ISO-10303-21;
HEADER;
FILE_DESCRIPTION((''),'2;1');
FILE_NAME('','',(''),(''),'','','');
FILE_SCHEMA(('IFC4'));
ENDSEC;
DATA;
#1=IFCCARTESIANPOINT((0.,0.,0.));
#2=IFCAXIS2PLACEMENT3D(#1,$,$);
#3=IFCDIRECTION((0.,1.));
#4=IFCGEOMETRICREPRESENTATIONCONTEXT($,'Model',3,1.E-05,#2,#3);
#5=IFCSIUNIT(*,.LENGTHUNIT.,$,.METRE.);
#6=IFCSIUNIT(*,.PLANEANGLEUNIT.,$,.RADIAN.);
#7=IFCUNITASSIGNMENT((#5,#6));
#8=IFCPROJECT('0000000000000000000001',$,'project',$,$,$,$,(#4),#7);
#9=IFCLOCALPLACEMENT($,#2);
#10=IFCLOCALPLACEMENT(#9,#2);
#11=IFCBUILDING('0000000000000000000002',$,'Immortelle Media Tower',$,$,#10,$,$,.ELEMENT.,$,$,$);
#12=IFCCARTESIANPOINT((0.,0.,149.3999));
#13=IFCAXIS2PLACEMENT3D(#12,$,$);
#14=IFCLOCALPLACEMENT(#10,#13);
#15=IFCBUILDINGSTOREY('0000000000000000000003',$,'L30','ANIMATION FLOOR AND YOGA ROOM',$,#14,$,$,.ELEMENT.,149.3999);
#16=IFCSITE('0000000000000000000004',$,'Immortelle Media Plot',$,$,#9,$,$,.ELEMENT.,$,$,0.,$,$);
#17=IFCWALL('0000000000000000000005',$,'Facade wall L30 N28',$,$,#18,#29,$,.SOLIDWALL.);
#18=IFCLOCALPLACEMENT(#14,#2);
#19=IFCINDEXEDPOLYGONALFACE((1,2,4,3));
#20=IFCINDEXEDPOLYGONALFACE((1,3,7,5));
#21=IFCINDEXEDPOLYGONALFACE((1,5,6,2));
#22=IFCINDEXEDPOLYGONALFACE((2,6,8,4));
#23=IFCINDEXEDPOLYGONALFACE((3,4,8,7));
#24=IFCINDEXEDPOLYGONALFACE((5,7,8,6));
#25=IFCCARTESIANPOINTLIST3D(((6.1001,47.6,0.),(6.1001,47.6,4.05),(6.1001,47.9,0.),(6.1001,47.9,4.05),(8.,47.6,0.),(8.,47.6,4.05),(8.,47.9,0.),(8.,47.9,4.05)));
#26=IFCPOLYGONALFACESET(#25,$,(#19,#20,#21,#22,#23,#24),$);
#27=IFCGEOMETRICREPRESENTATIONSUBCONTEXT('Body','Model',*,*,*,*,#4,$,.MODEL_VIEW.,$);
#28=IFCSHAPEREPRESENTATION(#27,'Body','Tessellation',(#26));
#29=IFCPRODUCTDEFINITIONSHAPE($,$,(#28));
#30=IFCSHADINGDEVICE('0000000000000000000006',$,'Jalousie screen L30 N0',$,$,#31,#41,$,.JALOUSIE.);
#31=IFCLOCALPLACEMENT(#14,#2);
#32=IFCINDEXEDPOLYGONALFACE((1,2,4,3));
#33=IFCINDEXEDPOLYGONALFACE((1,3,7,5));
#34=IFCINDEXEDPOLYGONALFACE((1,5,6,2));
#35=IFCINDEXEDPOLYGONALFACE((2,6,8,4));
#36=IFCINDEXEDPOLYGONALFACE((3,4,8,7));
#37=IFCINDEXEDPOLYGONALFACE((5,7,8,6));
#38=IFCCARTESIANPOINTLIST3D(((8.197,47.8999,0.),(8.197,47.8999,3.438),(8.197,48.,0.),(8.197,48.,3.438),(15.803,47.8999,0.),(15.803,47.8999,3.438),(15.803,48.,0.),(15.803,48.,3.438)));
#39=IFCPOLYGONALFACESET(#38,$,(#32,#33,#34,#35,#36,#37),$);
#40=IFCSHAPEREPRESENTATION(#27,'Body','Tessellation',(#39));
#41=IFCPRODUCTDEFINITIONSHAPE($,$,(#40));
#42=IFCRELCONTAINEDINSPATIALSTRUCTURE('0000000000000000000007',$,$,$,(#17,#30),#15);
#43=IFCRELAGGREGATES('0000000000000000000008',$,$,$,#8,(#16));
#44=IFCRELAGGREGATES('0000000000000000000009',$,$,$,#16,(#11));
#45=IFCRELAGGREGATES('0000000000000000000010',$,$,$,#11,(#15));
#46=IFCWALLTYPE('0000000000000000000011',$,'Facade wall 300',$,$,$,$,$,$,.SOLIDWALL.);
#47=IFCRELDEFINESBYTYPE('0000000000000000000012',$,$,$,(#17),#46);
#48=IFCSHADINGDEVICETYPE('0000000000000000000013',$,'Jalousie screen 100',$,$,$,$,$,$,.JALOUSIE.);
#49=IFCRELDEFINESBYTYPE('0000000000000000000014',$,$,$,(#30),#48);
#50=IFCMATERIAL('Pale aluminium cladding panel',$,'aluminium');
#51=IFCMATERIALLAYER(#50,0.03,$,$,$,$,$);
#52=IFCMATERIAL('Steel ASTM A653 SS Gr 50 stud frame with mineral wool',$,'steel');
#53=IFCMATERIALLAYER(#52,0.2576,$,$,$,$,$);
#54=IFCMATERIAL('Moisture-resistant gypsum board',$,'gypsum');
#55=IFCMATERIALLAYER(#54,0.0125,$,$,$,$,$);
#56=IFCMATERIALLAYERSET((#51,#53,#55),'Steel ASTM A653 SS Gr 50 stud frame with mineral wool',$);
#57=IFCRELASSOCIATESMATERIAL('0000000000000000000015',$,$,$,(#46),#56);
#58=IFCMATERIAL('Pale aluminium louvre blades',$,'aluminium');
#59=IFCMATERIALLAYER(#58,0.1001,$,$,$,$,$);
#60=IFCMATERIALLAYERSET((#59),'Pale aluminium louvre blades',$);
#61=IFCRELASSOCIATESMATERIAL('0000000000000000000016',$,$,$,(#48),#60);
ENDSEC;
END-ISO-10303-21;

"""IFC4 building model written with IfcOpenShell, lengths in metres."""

from ifc_helpers import new_model, si_unit, direction, frame, frame_2d, origin, origin_2d, place, context, subcontext, project, spatial, rectangle, extrude, material, layer, layer_set, type_object, element, save


model = new_model("IFC4")

# Units and contexts
model_context = context("Model", 3, precision=1e-05, world=origin(), true_north=direction((0.0, 1.0)))
body_context = subcontext(model_context, "Body", "Model", "MODEL_VIEW")
ifc_project = project(units=[si_unit("LENGTHUNIT", "METRE"), si_unit("PLANEANGLEUNIT", "RADIAN")], contexts=[model_context])

# Site, building, storey
site_placement = place(None, origin())
site = spatial("IfcSite", under=ifc_project, at=site_placement, Name="Immortelle Media Plot", CompositionType="ELEMENT", RefElevation=0.0)
building_placement = place(site_placement, origin())
building = spatial("IfcBuilding", under=site, at=building_placement, Name="Immortelle Media Tower", CompositionType="ELEMENT")
storey_placement = place(building_placement, frame((0.0, 0.0, 149.3999)))
storey = spatial("IfcBuildingStorey", under=building, at=storey_placement, Name="L30", Description="ANIMATION FLOOR AND YOGA ROOM", CompositionType="ELEMENT", Elevation=149.3999)

# Shared definitions
ifc_material_1 = material(Name="Pale aluminium cladding panel", Category="aluminium")
ifc_layer_1 = layer(ifc_material_1, 0.03)
ifc_material_2 = material(Name="Steel ASTM A653 SS Gr 50 stud frame with mineral wool", Category="steel")
ifc_layer_2 = layer(ifc_material_2, 0.2576)
ifc_material_3 = material(Name="Moisture-resistant gypsum board", Category="gypsum")
ifc_layer_3 = layer(ifc_material_3, 0.0125)
ifc_layer_set_1 = layer_set([ifc_layer_1, ifc_layer_2, ifc_layer_3], Name="Steel ASTM A653 SS Gr 50 stud frame with mineral wool")
wall_type = type_object("IfcWallType", Name="Facade wall 300", PredefinedType="SOLIDWALL", material=ifc_layer_set_1)

# Wall
wall_1_placement = place(storey_placement, frame((8.0, 47.75, 0.0), z_axis=(0.0, 0.0, 1.0), x_axis=(-1.0, 0.0, 0.0)))
element("IfcWall", 1, at=wall_1_placement, inside=storey, type_object=wall_type, Name="Facade wall L30 N28", PredefinedType="SOLIDWALL", context=body_context, shape_type="SweptSolid", body=[
    extrude(rectangle(XDim=1.8999, YDim=0.3, at=frame_2d((0.95, 0.0))), origin(), (0.0, 0.0, 1.0), 4.05),
])

# Shading device
ifc_material_4 = material(Name="Pale aluminium louvre blades", Category="aluminium")
ifc_layer_4 = layer(ifc_material_4, 0.1001)
ifc_layer_set_2 = layer_set([ifc_layer_4], Name="Pale aluminium louvre blades")
shading_device_type = type_object("IfcShadingDeviceType", Name="Jalousie screen 100", PredefinedType="JALOUSIE", material=ifc_layer_set_2)
shading_device_placement = place(storey_placement, frame((12.0, 47.95, 0.0), z_axis=(0.0, 0.0, 1.0), x_axis=(-1.0, 0.0, 0.0)))
element("IfcShadingDevice", 2, at=shading_device_placement, inside=storey, type_object=shading_device_type, Name="Jalousie screen L30 N0", PredefinedType="JALOUSIE", context=body_context, shape_type="SweptSolid", body=[
    extrude(rectangle(XDim=7.606, YDim=0.1001, at=origin_2d()), origin(), (0.0, 0.0, 1.0), 3.438),
])

save(model, "model.ifc")
